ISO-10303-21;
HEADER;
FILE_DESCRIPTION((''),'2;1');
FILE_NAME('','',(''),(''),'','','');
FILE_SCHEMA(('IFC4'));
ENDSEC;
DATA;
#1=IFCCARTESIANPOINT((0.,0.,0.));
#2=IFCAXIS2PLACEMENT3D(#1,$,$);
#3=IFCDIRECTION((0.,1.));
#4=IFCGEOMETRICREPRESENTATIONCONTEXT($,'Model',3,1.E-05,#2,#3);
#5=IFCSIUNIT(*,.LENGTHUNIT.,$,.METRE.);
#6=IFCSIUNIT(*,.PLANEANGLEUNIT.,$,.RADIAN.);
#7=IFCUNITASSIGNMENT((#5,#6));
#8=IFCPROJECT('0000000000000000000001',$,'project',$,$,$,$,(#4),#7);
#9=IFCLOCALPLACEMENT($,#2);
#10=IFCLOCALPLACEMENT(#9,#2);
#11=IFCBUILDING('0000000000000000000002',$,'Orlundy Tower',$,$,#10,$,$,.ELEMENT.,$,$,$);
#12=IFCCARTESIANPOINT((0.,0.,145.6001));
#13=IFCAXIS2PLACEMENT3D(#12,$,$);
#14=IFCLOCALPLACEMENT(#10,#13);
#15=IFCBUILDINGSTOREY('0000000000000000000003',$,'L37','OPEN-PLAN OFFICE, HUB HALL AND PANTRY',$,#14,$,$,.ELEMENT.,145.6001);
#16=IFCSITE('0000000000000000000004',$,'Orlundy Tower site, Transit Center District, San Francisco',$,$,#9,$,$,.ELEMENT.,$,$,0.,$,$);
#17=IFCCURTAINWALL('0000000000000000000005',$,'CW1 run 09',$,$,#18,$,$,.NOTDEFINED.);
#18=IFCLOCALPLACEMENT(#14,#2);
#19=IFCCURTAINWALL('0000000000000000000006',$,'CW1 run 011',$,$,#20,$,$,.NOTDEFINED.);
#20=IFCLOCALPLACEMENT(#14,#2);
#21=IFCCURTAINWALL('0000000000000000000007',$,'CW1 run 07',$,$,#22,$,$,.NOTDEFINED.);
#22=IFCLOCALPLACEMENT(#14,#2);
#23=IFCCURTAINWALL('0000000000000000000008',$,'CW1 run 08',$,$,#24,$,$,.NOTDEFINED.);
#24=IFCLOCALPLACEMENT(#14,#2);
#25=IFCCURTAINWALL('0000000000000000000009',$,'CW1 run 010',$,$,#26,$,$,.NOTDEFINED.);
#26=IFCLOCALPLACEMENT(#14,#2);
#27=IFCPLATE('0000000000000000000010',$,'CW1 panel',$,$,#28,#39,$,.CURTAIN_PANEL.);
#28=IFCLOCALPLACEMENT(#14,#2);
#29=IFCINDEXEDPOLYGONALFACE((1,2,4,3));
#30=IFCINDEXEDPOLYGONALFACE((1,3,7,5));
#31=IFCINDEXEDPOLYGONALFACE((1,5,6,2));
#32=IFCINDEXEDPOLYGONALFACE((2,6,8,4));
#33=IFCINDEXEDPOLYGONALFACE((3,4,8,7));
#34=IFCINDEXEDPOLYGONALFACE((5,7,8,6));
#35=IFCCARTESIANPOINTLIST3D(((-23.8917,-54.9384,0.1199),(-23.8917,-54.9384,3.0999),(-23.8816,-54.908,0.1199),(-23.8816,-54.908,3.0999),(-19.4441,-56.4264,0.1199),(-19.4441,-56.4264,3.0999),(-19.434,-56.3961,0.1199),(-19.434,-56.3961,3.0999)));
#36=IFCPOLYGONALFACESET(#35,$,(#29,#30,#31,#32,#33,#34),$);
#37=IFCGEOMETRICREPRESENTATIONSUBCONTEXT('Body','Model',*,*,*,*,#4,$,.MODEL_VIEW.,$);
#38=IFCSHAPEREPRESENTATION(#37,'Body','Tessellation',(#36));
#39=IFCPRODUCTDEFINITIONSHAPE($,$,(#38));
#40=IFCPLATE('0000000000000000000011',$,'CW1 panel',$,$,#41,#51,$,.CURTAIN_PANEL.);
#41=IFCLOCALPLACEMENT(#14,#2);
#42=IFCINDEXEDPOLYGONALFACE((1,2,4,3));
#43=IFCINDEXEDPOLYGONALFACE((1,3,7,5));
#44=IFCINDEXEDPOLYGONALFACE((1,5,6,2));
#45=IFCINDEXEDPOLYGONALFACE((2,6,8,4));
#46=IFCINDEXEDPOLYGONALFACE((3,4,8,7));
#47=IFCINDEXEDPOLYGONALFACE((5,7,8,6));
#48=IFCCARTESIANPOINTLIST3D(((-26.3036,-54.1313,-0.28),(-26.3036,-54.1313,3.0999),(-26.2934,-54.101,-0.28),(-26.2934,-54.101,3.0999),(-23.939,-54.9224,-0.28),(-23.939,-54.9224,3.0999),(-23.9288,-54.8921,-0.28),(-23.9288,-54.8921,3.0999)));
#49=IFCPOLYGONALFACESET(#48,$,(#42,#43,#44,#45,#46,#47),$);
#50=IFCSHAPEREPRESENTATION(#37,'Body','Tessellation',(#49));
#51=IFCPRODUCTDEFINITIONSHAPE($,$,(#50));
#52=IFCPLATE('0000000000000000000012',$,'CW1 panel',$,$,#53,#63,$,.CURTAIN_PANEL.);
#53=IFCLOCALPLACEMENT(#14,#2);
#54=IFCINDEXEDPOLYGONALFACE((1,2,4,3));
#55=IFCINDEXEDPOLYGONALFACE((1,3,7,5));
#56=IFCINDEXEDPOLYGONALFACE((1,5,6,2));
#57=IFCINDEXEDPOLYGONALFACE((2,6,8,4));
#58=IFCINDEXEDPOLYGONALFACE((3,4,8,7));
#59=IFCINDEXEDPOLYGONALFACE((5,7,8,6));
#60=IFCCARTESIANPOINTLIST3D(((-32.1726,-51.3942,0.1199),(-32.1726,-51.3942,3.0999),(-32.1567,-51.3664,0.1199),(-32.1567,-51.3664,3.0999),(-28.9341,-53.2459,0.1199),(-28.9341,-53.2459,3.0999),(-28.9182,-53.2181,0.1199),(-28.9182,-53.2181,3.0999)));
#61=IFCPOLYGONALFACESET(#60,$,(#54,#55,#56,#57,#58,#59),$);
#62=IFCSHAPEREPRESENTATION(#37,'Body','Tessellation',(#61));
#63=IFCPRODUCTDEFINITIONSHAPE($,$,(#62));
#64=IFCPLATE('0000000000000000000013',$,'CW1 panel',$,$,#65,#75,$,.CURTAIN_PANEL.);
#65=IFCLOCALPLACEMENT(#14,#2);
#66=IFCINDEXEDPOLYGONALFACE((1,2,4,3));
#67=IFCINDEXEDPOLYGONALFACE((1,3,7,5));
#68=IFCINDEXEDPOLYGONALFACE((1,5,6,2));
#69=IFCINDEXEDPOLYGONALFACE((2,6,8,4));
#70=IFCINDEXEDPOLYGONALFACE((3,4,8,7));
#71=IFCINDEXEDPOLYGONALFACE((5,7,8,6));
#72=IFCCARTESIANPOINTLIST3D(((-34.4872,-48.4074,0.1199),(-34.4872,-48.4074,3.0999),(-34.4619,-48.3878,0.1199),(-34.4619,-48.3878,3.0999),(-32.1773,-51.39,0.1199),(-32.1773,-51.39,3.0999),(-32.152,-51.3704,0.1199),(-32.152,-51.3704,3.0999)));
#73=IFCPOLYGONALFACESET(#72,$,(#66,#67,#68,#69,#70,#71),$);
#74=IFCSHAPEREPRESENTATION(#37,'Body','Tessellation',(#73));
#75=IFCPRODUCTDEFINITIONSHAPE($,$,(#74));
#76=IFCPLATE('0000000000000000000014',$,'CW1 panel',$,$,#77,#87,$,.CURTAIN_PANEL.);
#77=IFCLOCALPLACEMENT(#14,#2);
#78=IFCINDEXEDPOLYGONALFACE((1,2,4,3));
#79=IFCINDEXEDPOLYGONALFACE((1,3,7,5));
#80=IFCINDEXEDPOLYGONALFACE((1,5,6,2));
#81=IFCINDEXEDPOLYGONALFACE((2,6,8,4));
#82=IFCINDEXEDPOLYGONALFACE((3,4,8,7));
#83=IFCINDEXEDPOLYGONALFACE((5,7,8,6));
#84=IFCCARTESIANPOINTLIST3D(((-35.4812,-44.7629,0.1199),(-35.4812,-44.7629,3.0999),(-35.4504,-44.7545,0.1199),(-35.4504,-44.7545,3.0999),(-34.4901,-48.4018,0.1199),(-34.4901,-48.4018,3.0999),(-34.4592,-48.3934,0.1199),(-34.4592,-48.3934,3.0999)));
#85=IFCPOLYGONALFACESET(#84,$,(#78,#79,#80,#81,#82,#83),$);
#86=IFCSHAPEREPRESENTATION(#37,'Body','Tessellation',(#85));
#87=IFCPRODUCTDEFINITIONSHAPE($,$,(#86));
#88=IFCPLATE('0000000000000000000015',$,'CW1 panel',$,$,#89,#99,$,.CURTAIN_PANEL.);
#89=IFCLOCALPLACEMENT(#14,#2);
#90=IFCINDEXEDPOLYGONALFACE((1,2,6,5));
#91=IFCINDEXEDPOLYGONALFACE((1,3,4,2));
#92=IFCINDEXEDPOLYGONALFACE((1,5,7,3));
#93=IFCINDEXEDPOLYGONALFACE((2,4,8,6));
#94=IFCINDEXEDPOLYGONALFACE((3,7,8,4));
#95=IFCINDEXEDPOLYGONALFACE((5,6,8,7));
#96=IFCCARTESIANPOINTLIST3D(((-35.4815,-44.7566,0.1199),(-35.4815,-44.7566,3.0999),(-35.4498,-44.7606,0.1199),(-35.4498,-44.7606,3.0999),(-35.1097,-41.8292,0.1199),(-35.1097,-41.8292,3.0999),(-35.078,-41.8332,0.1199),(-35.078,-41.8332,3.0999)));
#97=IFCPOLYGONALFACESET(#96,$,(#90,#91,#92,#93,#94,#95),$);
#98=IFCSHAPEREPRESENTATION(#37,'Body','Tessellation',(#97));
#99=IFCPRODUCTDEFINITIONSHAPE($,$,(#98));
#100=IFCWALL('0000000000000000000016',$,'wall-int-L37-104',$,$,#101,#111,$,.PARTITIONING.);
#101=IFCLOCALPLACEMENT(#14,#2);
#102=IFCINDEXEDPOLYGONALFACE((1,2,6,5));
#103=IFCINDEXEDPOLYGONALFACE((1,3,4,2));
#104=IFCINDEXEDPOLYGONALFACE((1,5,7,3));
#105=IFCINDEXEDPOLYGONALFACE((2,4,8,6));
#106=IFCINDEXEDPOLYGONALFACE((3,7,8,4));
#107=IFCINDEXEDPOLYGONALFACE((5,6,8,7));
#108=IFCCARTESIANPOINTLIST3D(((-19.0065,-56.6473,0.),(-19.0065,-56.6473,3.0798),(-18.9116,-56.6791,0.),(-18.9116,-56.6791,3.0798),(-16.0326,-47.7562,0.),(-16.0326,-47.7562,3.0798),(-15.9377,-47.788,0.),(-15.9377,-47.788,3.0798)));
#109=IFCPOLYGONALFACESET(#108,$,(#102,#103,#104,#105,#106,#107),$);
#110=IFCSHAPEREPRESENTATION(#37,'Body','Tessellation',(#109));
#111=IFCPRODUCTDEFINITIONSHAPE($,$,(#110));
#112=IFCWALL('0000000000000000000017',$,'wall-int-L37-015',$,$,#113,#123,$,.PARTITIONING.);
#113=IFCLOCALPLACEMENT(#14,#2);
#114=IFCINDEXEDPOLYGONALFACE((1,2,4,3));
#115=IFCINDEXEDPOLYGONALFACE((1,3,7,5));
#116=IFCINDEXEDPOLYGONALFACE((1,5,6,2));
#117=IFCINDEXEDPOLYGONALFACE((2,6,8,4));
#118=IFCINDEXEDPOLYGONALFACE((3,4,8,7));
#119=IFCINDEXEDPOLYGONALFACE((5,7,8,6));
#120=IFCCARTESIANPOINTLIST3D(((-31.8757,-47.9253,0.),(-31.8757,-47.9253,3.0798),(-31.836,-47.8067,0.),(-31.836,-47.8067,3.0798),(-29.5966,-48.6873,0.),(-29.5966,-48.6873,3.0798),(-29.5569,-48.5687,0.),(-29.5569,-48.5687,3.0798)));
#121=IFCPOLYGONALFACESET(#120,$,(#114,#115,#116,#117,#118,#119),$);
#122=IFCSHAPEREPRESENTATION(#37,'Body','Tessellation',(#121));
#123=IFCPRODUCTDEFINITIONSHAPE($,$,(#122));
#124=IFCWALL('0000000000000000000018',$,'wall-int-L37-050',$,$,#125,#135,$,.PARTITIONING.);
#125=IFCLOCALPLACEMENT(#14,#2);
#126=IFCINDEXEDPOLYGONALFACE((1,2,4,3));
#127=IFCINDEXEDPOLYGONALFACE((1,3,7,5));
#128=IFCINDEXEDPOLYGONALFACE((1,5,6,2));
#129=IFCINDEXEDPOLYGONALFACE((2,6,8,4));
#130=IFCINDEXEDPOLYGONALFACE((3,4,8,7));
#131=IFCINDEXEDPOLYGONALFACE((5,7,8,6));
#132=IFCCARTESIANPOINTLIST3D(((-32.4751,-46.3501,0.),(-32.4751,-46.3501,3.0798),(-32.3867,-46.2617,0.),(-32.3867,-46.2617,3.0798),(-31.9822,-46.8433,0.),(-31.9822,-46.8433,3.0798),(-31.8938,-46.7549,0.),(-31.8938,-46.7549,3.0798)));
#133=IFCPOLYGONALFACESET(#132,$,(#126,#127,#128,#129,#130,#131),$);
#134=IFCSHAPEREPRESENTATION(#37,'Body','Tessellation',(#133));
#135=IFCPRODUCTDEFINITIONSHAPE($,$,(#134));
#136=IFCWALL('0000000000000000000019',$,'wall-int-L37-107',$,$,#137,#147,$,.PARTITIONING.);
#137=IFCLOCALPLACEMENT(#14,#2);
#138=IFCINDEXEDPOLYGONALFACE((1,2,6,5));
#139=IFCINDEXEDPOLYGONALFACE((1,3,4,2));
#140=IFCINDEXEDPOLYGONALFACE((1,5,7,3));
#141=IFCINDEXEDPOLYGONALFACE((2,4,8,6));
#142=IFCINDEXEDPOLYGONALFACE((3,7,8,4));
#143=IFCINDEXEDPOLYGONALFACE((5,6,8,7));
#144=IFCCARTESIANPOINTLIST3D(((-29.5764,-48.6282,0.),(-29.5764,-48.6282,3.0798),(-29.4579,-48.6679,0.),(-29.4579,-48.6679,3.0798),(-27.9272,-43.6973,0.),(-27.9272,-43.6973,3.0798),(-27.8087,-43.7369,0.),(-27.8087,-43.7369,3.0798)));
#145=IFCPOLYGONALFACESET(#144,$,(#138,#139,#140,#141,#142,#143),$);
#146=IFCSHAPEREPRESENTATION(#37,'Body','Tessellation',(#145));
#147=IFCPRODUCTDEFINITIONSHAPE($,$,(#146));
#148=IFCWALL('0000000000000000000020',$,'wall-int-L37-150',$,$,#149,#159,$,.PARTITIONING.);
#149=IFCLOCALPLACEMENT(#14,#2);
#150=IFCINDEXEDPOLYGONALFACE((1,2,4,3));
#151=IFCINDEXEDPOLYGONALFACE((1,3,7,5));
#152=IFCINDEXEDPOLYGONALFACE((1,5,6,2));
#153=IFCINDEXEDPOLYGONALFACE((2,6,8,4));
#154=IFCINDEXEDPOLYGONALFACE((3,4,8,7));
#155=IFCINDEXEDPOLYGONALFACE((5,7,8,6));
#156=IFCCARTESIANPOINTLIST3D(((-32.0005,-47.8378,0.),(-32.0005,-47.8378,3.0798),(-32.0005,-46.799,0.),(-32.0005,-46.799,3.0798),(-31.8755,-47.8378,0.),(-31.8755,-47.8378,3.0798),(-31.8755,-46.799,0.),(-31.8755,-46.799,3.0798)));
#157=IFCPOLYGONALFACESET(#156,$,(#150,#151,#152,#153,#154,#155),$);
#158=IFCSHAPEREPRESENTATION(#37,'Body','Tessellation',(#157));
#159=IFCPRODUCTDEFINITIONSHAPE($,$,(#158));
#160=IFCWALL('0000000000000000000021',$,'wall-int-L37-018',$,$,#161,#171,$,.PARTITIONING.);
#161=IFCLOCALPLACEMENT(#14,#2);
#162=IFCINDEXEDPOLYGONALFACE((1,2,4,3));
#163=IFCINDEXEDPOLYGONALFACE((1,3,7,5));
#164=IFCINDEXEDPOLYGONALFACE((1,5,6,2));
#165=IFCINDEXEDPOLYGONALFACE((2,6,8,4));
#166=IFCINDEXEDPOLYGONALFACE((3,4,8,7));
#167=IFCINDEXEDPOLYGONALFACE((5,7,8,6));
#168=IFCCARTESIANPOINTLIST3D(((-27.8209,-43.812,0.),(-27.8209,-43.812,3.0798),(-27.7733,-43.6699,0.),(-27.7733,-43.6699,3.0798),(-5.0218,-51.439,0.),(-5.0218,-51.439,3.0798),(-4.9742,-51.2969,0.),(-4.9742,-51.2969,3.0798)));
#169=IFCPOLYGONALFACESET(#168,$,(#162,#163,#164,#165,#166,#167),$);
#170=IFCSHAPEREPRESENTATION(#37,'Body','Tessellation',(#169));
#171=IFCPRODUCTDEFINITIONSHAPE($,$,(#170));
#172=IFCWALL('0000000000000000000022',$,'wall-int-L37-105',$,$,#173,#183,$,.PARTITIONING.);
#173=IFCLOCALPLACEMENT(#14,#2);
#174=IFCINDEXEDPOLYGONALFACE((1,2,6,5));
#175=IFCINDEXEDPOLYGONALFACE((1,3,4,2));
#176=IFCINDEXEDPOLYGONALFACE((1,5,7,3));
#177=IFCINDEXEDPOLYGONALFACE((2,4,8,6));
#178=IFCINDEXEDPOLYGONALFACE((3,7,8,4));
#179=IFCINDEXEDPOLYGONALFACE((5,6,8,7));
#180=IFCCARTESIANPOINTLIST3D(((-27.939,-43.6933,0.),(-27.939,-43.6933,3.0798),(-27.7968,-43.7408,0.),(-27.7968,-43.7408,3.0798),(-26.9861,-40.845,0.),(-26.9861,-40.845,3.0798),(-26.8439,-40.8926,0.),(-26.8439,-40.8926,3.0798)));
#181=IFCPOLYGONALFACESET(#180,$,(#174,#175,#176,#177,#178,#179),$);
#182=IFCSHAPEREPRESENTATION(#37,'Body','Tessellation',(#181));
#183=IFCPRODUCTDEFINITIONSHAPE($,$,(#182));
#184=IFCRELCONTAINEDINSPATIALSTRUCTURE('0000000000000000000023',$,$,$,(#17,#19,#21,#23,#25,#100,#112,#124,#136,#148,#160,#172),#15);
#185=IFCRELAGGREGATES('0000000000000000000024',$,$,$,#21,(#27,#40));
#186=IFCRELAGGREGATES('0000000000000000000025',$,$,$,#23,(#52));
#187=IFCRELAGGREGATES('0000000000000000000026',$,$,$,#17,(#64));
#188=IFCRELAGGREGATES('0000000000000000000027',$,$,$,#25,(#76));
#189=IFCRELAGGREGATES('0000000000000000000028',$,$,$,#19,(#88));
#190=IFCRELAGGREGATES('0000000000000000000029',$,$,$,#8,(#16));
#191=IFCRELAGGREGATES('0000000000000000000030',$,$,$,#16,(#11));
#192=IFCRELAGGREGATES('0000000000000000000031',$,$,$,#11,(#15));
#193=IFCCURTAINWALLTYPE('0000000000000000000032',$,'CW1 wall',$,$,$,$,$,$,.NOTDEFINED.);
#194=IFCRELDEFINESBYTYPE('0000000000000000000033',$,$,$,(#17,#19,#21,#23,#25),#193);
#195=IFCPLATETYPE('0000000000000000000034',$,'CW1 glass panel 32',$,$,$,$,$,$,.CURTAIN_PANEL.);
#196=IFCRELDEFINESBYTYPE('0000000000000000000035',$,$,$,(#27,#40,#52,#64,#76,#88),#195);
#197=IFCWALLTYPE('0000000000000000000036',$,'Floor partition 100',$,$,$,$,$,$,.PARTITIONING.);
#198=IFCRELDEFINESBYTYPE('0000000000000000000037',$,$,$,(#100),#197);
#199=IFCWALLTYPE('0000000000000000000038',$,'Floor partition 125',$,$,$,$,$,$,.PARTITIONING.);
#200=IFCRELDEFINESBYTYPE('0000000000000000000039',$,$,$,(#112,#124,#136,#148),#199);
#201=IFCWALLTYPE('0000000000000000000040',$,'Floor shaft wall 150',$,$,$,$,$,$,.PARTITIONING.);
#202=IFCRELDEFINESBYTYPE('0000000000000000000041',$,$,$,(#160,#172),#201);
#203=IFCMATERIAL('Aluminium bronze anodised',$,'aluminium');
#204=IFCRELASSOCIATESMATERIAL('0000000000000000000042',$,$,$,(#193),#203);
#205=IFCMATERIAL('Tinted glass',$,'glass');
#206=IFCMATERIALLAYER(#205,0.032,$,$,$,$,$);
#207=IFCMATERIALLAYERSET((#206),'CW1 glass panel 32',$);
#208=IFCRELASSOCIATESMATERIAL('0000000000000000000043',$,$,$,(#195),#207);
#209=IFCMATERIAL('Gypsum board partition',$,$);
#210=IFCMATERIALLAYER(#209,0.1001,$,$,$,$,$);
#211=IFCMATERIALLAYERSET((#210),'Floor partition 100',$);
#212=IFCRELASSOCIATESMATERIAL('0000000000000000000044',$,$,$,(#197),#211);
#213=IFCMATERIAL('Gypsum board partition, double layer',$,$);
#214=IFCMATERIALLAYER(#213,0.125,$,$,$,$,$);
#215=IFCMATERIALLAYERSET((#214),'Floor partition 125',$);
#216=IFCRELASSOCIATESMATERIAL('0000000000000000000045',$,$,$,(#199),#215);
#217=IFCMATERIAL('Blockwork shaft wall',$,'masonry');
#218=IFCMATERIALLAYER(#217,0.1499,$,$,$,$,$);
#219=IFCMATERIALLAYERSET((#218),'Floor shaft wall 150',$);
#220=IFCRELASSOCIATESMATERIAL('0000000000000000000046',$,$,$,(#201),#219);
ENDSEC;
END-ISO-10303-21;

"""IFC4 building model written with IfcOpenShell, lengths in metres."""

from ifc_helpers import new_model, si_unit, direction, frame, frame_2d, origin, origin_2d, place, context, subcontext, project, spatial, rectangle, extrude, material, layer, layer_set, type_object, element, aggregate, save


model = new_model("IFC4")

# Units and contexts
model_context = context("Model", 3, precision=1e-05, world=origin(), true_north=direction((0.0, 1.0)))
body_context = subcontext(model_context, "Body", "Model", "MODEL_VIEW")
ifc_project = project(units=[si_unit("LENGTHUNIT", "METRE"), si_unit("PLANEANGLEUNIT", "RADIAN")], contexts=[model_context])

# Site, building, storey
site_placement = place(None, origin())
site = spatial("IfcSite", under=ifc_project, at=site_placement, Name="Orlundy Tower site, Transit Center District, San Francisco", CompositionType="ELEMENT", RefElevation=0.0)
building_placement = place(site_placement, origin())
building = spatial("IfcBuilding", under=site, at=building_placement, Name="Orlundy Tower", CompositionType="ELEMENT")
storey_placement = place(building_placement, frame((0.0, 0.0, 145.6001)))
storey = spatial("IfcBuildingStorey", under=building, at=storey_placement, Name="L37", Description="OPEN-PLAN OFFICE, HUB HALL AND PANTRY", CompositionType="ELEMENT", Elevation=145.6001)

# Curtain walls
ifc_material_1 = material(Name="Aluminium bronze anodised", Category="aluminium")
curtain_wall_type = type_object("IfcCurtainWallType", Name="CW1 wall", PredefinedType="NOTDEFINED", material=ifc_material_1)
curtain_wall_1_placement = place(storey_placement, origin())
curtain_wall_1 = element("IfcCurtainWall", 1, at=curtain_wall_1_placement, inside=storey, type_object=curtain_wall_type, Name="CW1 run 09", PredefinedType="NOTDEFINED")
curtain_wall_2_placement = place(storey_placement, origin())
curtain_wall_2 = element("IfcCurtainWall", 2, at=curtain_wall_2_placement, inside=storey, type_object=curtain_wall_type, Name="CW1 run 011", PredefinedType="NOTDEFINED")

# Curtain wall
curtain_wall_3_placement = place(storey_placement, origin())
curtain_wall_3 = element("IfcCurtainWall", 3, at=curtain_wall_3_placement, inside=storey, type_object=curtain_wall_type, Name="CW1 run 07", PredefinedType="NOTDEFINED")

# Curtain wall
curtain_wall_4_placement = place(storey_placement, origin())
curtain_wall_4 = element("IfcCurtainWall", 4, at=curtain_wall_4_placement, inside=storey, type_object=curtain_wall_type, Name="CW1 run 08", PredefinedType="NOTDEFINED")

# Curtain wall
curtain_wall_5_placement = place(storey_placement, origin())
curtain_wall_5 = element("IfcCurtainWall", 5, at=curtain_wall_5_placement, inside=storey, type_object=curtain_wall_type, Name="CW1 run 010", PredefinedType="NOTDEFINED")

# Plates
ifc_material_2 = material(Name="Tinted glass", Category="glass")
ifc_layer_1 = layer(ifc_material_2, 0.032)
ifc_layer_set_1 = layer_set([ifc_layer_1], Name="CW1 glass panel 32")
plate_type = type_object("IfcPlateType", Name="CW1 glass panel 32", PredefinedType="CURTAIN_PANEL", material=ifc_layer_set_1)
plate_1_placement = place(storey_placement, frame((-21.6628, -55.6672, 0.1199), z_axis=(0.0, 0.0, 1.0), x_axis=(-0.94833, 0.317285, 0.0)))
plate_1 = element("IfcPlate", 6, at=plate_1_placement, type_object=plate_type, Name="CW1 panel", PredefinedType="CURTAIN_PANEL", context=body_context, shape_type="SweptSolid", body=[
    extrude(rectangle(XDim=4.6899, YDim=0.032, at=origin_2d()), origin(), (0.0, 0.0, 1.0), 2.98),
])
plate_2_placement = place(storey_placement, frame((-25.1162, -54.5117, -0.28), z_axis=(0.0, 0.0, 1.0), x_axis=(-0.94833, 0.317285, 0.0)))
plate_2 = element("IfcPlate", 7, at=plate_2_placement, type_object=plate_type, Name="CW1 panel", PredefinedType="CURTAIN_PANEL", context=body_context, shape_type="SweptSolid", body=[
    extrude(rectangle(XDim=2.4934, YDim=0.032, at=origin_2d()), origin(), (0.0, 0.0, 1.0), 3.3799),
])
aggregate(curtain_wall_3, [plate_1, plate_2])
plate_3_placement = place(storey_placement, frame((-30.5454, -52.3062, 0.1199), z_axis=(0.0, 0.0, 1.0), x_axis=(-0.86811, 0.496371, 0.0)))
plate_3 = element("IfcPlate", 8, at=plate_3_placement, type_object=plate_type, Name="CW1 panel", PredefinedType="CURTAIN_PANEL", context=body_context, shape_type="SweptSolid", body=[
    extrude(rectangle(XDim=3.7305, YDim=0.032, at=origin_2d()), origin(), (0.0, 0.0, 1.0), 2.98),
])
aggregate(curtain_wall_4, [plate_3])
plate_4_placement = place(storey_placement, frame((-33.3196, -49.8889, 0.1199), z_axis=(0.0, 0.0, 1.0), x_axis=(-0.612315, 0.790614, 0.0)))
plate_4 = element("IfcPlate", 9, at=plate_4_placement, type_object=plate_type, Name="CW1 panel", PredefinedType="CURTAIN_PANEL", context=body_context, shape_type="SweptSolid", body=[
    extrude(rectangle(XDim=3.7725, YDim=0.032, at=origin_2d()), origin(), (0.0, 0.0, 1.0), 2.98),
])
aggregate(curtain_wall_1, [plate_4])
plate_5_placement = place(storey_placement, frame((-34.9702, -46.5781, 0.1199), z_axis=(0.0, 0.0, 1.0), x_axis=(-0.262798, 0.964851, 0.0)))
plate_5 = element("IfcPlate", 10, at=plate_5_placement, type_object=plate_type, Name="CW1 panel", PredefinedType="CURTAIN_PANEL", context=body_context, shape_type="SweptSolid", body=[
    extrude(rectangle(XDim=3.7715, YDim=0.032, at=origin_2d()), origin(), (0.0, 0.0, 1.0), 2.98),
])
aggregate(curtain_wall_5, [plate_5])
plate_6_placement = place(storey_placement, frame((-35.2798, -43.2949, 0.1199), z_axis=(0.0, 0.0, 1.0), x_axis=(0.125994, 0.992031, 0.0)))
plate_6 = element("IfcPlate", 11, at=plate_6_placement, type_object=plate_type, Name="CW1 panel", PredefinedType="CURTAIN_PANEL", context=body_context, shape_type="SweptSolid", body=[
    extrude(rectangle(XDim=2.9509, YDim=0.032, at=origin_2d()), origin(), (0.0, 0.0, 1.0), 2.98),
])
aggregate(curtain_wall_2, [plate_6])

# Walls
ifc_material_3 = material(Name="Gypsum board partition")
ifc_layer_2 = layer(ifc_material_3, 0.1001)
ifc_layer_set_2 = layer_set([ifc_layer_2], Name="Floor partition 100")
wall_type_1 = type_object("IfcWallType", Name="Floor partition 100", PredefinedType="PARTITIONING", material=ifc_layer_set_2)
wall_1_placement = place(storey_placement, frame((-18.959, -56.6631, 0.0), z_axis=(0.0, 0.0, 1.0), x_axis=(0.317204, 0.948357, 0.0)))
element("IfcWall", 12, at=wall_1_placement, inside=storey, type_object=wall_type_1, Name="wall-int-L37-104", PredefinedType="PARTITIONING", context=body_context, shape_type="SweptSolid", body=[
    extrude(rectangle(XDim=9.3752, YDim=0.1001, at=frame_2d((4.6875, 0.0))), origin(), (0.0, 0.0, 1.0), 3.0798),
])
ifc_material_4 = material(Name="Gypsum board partition, double layer")
ifc_layer_3 = layer(ifc_material_4, 0.125)
ifc_layer_set_3 = layer_set([ifc_layer_3], Name="Floor partition 125")
wall_type_2 = type_object("IfcWallType", Name="Floor partition 125", PredefinedType="PARTITIONING", material=ifc_layer_set_3)
wall_2_placement = place(storey_placement, frame((-31.856, -47.866, 0.0), z_axis=(0.0, 0.0, 1.0), x_axis=(0.948398, -0.317081, 0.0)))
element("IfcWall", 13, at=wall_2_placement, inside=storey, type_object=wall_type_2, Name="wall-int-L37-015", PredefinedType="PARTITIONING", context=body_context, shape_type="SweptSolid", body=[
    extrude(rectangle(XDim=2.4031, YDim=0.125, at=frame_2d((1.2017, 0.0))), origin(), (0.0, 0.0, 1.0), 3.0798),
])
wall_3_placement = place(storey_placement, frame((-32.4309, -46.3059, 0.0), z_axis=(0.0, 0.0, 1.0), x_axis=(0.706932, -0.707282, 0.0)))
element("IfcWall", 14, at=wall_3_placement, inside=storey, type_object=wall_type_2, Name="wall-int-L37-050", PredefinedType="PARTITIONING", context=body_context, shape_type="SweptSolid", body=[
    extrude(rectangle(XDim=0.6973, YDim=0.125, at=frame_2d((0.3486, 0.0))), origin(), (0.0, 0.0, 1.0), 3.0798),
])
wall_4_placement = place(storey_placement, frame((-29.5171, -48.6479, 0.0), z_axis=(0.0, 0.0, 1.0), x_axis=(0.317186, 0.948364, 0.0)))
element("IfcWall", 15, at=wall_4_placement, inside=storey, type_object=wall_type_2, Name="wall-int-L37-107", PredefinedType="PARTITIONING", context=body_context, shape_type="SweptSolid", body=[
    extrude(rectangle(XDim=5.1995, YDim=0.125, at=frame_2d((2.5996, 0.0))), origin(), (0.0, 0.0, 1.0), 3.0798),
])
wall_5_placement = place(storey_placement, frame((-31.938, -47.8379, 0.0), z_axis=(0.0, 0.0, 1.0), x_axis=(0.0, 1.0, 0.0)))
element("IfcWall", 16, at=wall_5_placement, inside=storey, type_object=wall_type_2, Name="wall-int-L37-150", PredefinedType="PARTITIONING", context=body_context, shape_type="SweptSolid", body=[
    extrude(rectangle(XDim=1.0388, YDim=0.125, at=frame_2d((0.5195, 0.0))), origin(), (0.0, 0.0, 1.0), 3.0798),
])
ifc_material_5 = material(Name="Blockwork shaft wall", Category="masonry")
ifc_layer_4 = layer(ifc_material_5, 0.1499)
ifc_layer_set_4 = layer_set([ifc_layer_4], Name="Floor shaft wall 150")
wall_type_3 = type_object("IfcWallType", Name="Floor shaft wall 150", PredefinedType="PARTITIONING", material=ifc_layer_set_4)
wall_6_placement = place(storey_placement, frame((-27.7971, -43.741, 0.0), z_axis=(0.0, 0.0, 1.0), x_axis=(0.948343, -0.317248, 0.0)))
element("IfcWall", 17, at=wall_6_placement, inside=storey, type_object=wall_type_3, Name="wall-int-L37-018", PredefinedType="PARTITIONING", context=body_context, shape_type="SweptSolid", body=[
    extrude(rectangle(XDim=24.041, YDim=0.1499, at=frame_2d((12.0205, 0.0))), origin(), (0.0, 0.0, 1.0), 3.0798),
])
wall_7_placement = place(storey_placement, frame((-27.8679, -43.717, 0.0), z_axis=(0.0, 0.0, 1.0), x_axis=(0.317276, 0.948333, 0.0)))
element("IfcWall", 18, at=wall_7_placement, inside=storey, type_object=wall_type_3, Name="wall-int-L37-105", PredefinedType="PARTITIONING", context=body_context, shape_type="SweptSolid", body=[
    extrude(rectangle(XDim=3.0034, YDim=0.1499, at=frame_2d((1.5017, 0.0))), origin(), (0.0, 0.0, 1.0), 3.0798),
])

save(model, "model.ifc")
